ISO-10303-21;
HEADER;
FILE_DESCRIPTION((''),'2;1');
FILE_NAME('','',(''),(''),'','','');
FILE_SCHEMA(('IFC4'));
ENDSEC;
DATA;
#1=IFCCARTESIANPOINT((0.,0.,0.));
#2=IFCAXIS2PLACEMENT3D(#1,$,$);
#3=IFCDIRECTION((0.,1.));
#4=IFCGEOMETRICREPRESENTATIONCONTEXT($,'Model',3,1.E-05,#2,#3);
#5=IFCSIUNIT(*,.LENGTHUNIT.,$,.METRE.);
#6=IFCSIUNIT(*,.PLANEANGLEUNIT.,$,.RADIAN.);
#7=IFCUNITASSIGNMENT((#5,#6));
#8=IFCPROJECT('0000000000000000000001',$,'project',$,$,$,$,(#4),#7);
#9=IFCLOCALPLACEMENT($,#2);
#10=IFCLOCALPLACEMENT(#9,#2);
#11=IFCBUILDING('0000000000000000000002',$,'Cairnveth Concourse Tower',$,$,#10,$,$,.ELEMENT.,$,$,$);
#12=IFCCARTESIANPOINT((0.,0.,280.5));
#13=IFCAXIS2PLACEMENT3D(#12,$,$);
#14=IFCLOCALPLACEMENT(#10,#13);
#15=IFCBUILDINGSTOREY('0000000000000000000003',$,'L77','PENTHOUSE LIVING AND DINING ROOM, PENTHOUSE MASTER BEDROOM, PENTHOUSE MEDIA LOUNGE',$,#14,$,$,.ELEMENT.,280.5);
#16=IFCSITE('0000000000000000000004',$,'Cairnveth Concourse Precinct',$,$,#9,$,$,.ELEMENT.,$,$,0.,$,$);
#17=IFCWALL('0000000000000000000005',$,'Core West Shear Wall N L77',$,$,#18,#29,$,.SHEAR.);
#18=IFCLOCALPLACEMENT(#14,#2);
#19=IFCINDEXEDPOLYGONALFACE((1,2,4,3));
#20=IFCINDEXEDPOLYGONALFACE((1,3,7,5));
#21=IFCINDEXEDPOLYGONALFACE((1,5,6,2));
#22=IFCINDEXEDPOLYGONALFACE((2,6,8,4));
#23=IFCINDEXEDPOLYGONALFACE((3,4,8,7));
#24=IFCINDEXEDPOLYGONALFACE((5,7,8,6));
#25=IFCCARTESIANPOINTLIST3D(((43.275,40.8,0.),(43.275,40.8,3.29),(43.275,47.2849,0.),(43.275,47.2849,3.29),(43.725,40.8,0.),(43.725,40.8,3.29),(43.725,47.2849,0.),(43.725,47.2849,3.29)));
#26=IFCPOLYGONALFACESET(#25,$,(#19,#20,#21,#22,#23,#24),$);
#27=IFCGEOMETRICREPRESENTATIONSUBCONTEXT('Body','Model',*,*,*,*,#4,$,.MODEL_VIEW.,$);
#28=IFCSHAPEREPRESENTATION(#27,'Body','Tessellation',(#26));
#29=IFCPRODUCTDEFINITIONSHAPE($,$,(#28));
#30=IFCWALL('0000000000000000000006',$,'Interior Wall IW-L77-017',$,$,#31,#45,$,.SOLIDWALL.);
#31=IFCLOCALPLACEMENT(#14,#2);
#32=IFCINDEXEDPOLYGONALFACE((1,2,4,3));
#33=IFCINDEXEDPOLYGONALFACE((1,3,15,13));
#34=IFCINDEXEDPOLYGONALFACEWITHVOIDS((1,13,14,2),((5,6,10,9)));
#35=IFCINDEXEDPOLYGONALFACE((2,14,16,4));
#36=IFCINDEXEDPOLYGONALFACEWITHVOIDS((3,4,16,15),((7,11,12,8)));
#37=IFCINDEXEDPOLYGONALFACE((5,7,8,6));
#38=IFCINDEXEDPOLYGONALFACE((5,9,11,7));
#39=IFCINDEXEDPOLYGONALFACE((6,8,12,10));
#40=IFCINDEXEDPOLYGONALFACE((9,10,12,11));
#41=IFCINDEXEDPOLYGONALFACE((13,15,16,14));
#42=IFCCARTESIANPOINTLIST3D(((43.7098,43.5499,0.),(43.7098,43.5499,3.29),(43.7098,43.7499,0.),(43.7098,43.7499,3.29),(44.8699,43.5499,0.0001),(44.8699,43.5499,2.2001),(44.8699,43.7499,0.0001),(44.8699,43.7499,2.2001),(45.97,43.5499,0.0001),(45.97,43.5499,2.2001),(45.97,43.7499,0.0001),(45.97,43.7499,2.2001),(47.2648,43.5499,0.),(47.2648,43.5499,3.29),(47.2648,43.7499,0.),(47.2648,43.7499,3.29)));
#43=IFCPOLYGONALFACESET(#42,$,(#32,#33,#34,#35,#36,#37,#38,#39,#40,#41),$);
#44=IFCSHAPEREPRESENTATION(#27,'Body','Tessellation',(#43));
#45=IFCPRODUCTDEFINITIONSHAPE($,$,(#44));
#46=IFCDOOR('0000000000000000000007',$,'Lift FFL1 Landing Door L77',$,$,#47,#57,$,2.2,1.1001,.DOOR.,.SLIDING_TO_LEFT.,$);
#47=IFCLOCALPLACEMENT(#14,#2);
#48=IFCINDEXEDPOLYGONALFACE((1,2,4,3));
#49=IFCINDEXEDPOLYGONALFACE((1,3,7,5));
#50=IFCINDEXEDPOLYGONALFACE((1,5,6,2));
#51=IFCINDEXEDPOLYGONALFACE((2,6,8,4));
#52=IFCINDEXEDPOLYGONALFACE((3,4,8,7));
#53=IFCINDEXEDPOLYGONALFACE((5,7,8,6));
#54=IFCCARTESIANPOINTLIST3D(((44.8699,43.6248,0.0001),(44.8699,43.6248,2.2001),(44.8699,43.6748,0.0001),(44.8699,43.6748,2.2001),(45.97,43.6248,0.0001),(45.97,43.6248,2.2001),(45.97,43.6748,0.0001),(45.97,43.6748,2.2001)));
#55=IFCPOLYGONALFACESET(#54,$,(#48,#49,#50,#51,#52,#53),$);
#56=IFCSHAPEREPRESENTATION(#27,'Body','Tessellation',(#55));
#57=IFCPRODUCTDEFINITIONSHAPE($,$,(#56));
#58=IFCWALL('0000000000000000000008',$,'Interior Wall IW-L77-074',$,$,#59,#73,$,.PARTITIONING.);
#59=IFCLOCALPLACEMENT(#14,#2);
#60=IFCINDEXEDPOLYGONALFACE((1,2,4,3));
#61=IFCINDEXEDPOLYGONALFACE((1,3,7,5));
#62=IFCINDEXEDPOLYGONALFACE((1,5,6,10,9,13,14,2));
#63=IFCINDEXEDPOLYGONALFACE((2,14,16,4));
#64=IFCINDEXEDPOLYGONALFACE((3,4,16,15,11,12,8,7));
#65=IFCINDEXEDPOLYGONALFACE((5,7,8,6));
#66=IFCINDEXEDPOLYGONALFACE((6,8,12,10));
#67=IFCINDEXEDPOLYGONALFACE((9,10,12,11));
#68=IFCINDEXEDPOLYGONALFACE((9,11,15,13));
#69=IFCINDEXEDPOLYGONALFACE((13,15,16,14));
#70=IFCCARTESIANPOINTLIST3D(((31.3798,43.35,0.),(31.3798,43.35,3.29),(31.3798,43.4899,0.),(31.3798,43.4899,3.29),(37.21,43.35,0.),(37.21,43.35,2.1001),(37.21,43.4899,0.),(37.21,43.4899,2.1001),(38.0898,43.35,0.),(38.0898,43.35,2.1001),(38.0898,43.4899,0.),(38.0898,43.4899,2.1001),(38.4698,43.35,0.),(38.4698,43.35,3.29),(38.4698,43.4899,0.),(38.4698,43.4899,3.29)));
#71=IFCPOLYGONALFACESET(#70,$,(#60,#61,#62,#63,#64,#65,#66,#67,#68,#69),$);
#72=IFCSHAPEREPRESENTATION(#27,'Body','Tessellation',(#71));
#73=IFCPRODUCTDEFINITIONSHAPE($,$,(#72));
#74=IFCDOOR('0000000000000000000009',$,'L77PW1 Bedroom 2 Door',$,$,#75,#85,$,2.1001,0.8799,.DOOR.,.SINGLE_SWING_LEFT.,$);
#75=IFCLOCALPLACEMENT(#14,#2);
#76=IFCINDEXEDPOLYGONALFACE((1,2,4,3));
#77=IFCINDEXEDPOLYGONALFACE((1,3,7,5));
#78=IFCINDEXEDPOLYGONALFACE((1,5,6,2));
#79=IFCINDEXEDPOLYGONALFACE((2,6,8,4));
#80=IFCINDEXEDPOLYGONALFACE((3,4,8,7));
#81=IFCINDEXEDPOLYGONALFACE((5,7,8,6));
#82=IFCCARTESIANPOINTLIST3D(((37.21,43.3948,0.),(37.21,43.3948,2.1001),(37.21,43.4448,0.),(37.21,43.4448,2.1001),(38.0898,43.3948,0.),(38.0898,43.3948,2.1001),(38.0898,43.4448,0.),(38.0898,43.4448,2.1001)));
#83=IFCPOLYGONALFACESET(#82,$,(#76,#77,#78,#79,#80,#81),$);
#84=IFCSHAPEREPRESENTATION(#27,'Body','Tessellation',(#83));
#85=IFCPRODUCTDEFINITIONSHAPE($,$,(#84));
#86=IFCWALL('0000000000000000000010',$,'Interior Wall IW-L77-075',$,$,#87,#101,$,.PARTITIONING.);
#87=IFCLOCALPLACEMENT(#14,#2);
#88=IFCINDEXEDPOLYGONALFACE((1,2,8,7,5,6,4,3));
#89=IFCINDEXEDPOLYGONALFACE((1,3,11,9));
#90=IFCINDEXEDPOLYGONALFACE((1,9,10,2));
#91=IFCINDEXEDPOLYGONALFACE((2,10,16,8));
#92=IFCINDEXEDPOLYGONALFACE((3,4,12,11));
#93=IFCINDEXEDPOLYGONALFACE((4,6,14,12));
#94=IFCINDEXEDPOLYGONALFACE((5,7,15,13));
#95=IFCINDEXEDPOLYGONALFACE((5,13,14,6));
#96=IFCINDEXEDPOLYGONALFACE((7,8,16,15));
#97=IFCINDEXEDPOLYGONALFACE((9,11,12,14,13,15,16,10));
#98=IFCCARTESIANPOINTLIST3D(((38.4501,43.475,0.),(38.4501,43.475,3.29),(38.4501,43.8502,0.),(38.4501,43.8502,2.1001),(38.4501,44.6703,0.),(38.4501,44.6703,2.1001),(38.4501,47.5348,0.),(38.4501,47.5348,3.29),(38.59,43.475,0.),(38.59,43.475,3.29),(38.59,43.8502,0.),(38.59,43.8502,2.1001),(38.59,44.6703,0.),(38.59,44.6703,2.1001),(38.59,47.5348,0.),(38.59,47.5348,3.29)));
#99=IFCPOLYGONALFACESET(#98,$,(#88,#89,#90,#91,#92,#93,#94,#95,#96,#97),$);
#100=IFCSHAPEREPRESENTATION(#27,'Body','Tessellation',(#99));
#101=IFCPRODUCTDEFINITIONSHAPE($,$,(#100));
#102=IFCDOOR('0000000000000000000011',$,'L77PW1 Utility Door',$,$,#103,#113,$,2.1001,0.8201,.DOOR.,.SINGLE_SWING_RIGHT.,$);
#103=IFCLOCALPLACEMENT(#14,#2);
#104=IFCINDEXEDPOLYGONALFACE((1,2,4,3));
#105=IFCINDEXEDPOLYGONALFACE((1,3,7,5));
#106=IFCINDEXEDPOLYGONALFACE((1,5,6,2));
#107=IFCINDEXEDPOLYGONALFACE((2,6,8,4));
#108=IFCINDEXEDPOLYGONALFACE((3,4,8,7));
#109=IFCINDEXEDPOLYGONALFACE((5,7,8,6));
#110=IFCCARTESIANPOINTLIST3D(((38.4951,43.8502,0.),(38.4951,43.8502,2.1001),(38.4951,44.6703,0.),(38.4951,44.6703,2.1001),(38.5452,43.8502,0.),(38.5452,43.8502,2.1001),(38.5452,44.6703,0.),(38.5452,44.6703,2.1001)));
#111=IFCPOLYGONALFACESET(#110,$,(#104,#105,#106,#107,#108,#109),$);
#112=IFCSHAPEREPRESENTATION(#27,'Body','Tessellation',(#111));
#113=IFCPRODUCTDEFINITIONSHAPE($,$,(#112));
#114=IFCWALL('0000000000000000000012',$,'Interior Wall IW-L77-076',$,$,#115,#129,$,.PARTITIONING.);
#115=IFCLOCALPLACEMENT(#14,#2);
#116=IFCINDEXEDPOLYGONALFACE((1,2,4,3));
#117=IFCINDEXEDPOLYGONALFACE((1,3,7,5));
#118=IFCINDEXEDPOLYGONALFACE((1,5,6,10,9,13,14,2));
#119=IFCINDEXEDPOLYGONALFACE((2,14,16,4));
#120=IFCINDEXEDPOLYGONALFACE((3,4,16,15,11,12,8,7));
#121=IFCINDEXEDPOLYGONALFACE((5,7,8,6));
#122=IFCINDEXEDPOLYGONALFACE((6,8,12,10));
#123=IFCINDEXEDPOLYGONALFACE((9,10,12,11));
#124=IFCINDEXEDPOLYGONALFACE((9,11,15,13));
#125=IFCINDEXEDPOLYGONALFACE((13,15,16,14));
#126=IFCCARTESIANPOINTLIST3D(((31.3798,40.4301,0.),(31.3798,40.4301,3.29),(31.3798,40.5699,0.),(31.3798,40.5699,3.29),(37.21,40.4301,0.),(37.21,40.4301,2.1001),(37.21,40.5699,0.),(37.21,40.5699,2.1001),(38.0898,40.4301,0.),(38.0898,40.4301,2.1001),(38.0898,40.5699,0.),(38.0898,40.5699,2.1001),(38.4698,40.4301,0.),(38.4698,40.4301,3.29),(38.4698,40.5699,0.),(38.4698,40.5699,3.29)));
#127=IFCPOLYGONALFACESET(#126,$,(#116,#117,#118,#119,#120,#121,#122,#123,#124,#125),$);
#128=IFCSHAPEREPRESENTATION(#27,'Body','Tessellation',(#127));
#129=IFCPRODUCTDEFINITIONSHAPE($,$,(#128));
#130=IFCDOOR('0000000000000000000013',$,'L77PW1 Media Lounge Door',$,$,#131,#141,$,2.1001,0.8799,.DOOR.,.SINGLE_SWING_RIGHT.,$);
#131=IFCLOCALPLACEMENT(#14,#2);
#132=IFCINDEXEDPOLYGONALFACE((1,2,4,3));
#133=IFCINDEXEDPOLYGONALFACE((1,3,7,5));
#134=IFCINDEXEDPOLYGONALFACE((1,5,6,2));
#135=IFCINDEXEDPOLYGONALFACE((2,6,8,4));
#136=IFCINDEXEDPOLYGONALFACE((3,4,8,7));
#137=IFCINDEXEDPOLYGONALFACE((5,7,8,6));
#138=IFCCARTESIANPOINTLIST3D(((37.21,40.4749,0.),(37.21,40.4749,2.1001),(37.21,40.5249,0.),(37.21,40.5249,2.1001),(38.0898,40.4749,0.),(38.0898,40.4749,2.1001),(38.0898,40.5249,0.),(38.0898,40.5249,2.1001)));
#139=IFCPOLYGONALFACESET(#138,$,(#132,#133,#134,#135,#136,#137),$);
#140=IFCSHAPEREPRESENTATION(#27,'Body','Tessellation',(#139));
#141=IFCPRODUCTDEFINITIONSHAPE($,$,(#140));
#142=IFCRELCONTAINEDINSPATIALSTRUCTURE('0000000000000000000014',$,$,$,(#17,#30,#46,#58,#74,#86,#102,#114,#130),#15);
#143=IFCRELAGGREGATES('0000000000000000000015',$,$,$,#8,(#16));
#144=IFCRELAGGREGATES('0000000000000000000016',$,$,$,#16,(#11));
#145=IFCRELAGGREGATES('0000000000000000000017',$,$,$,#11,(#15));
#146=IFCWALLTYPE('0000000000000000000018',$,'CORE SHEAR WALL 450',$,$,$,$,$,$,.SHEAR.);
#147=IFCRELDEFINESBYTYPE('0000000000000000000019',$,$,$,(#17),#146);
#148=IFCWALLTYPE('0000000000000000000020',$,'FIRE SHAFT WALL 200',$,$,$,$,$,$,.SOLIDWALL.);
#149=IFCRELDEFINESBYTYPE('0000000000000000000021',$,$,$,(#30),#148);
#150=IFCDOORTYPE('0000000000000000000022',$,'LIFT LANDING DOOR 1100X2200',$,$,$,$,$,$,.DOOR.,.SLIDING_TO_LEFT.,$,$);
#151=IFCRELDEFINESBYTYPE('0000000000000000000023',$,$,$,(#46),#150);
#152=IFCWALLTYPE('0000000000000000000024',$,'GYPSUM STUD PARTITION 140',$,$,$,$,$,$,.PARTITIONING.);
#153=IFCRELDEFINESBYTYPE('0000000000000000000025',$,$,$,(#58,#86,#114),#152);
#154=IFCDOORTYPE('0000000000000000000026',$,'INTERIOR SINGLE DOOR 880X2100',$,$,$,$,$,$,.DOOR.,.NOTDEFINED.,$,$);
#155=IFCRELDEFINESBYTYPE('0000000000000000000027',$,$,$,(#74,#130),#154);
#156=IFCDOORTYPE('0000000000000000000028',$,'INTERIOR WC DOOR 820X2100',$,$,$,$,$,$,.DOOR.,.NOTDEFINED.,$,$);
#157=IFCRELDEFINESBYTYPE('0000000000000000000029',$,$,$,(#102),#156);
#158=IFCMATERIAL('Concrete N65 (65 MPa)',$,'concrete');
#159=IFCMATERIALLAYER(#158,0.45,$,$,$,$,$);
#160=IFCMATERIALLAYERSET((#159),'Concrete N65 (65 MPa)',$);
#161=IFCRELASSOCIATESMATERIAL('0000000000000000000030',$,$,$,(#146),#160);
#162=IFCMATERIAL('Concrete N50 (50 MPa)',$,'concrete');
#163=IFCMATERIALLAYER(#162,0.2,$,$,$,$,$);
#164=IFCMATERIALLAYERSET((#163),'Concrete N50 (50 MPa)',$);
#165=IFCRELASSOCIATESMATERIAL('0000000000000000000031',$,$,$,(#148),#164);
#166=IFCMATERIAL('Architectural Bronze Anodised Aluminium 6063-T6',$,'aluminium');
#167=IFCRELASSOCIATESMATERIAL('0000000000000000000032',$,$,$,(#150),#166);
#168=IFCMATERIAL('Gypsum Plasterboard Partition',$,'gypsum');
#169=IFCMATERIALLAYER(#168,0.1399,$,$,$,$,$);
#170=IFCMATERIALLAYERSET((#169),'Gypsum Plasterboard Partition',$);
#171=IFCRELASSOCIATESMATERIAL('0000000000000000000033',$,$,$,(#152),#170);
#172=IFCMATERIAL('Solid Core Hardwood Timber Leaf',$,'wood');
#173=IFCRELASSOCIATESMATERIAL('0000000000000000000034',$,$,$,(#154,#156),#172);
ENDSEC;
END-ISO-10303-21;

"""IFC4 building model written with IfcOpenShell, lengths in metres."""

from ifc_helpers import new_model, si_unit, direction, frame, frame_2d, origin, place, context, subcontext, project, spatial, rectangle, extrude, material, layer, layer_set, type_object, element, fill, save


model = new_model("IFC4")

# Units and contexts
model_context = context("Model", 3, precision=1e-05, world=origin(), true_north=direction((0.0, 1.0)))
body_context = subcontext(model_context, "Body", "Model", "MODEL_VIEW")
ifc_project = project(units=[si_unit("LENGTHUNIT", "METRE"), si_unit("PLANEANGLEUNIT", "RADIAN")], contexts=[model_context])

# Site, building, storey
site_placement = place(None, origin())
site = spatial("IfcSite", under=ifc_project, at=site_placement, Name="Cairnveth Concourse Precinct", CompositionType="ELEMENT", RefElevation=0.0)
building_placement = place(site_placement, origin())
building = spatial("IfcBuilding", under=site, at=building_placement, Name="Cairnveth Concourse Tower", CompositionType="ELEMENT")
storey_placement = place(building_placement, frame((0.0, 0.0, 280.5)))
storey = spatial("IfcBuildingStorey", under=building, at=storey_placement, Name="L77", Description="PENTHOUSE LIVING AND DINING ROOM, PENTHOUSE MASTER BEDROOM, PENTHOUSE MEDIA LOUNGE", CompositionType="ELEMENT", Elevation=280.5)

# Shared definitions
ifc_material_1 = material(Name="Concrete N50 (50 MPa)", Category="concrete")

# Wall
ifc_material_2 = material(Name="Concrete N65 (65 MPa)", Category="concrete")
ifc_layer_1 = layer(ifc_material_2, 0.45)
ifc_layer_set_1 = layer_set([ifc_layer_1], Name="Concrete N65 (65 MPa)")
wall_type_1 = type_object("IfcWallType", Name="CORE SHEAR WALL 450", PredefinedType="SHEAR", material=ifc_layer_set_1)
wall_1_placement = place(storey_placement, frame((43.5, 40.8, 0.0), z_axis=(0.0, 0.0, 1.0), x_axis=(0.0, 1.0, 0.0)))
element("IfcWall", 1, at=wall_1_placement, inside=storey, type_object=wall_type_1, Name="Core West Shear Wall N L77", PredefinedType="SHEAR", context=body_context, shape_type="SweptSolid", body=[
    extrude(rectangle(XDim=6.4849, YDim=0.45, at=frame_2d((3.2424, 0.0))), origin(), (0.0, 0.0, 1.0), 3.29),
])

# Walls, openings, doors
ifc_layer_2 = layer(ifc_material_1, 0.2)
ifc_layer_set_2 = layer_set([ifc_layer_2], Name="Concrete N50 (50 MPa)")
wall_type_2 = type_object("IfcWallType", Name="FIRE SHAFT WALL 200", PredefinedType="SOLIDWALL", material=ifc_layer_set_2)
wall_2_placement = place(storey_placement, frame((43.71, 43.6499, 0.0), z_axis=(0.0, 0.0, 1.0), x_axis=(1.0, 0.0, 0.0)))
wall_2 = element("IfcWall", 2, at=wall_2_placement, inside=storey, type_object=wall_type_2, Name="Interior Wall IW-L77-017", PredefinedType="SOLIDWALL", context=body_context, shape_type="SweptSolid", body=[
    extrude(rectangle(XDim=3.5549, YDim=0.2, at=frame_2d((1.7773, 0.0))), origin(), (0.0, 0.0, 1.0), 3.29),
])
opening_1_placement = place(wall_2_placement, frame((1.1599, 0.0, 0.0)))
opening_1 = element("IfcOpeningElement", 3, at=opening_1_placement, cuts=wall_2, PredefinedType="OPENING", context=body_context, shape_type="SweptSolid", body=[
    extrude(rectangle(XDim=1.1001, YDim=2.2, at=frame_2d((0.55, 1.1001))), frame((0.0, 0.1099, 0.0), z_axis=(0.0, -1.0, 0.0), x_axis=(1.0, 0.0, 0.0)), (0.0, 0.0, 1.0), 0.22),
])
ifc_material_3 = material(Name="Architectural Bronze Anodised Aluminium 6063-T6", Category="aluminium")
door_type_1 = type_object("IfcDoorType", Name="LIFT LANDING DOOR 1100X2200", OperationType="SLIDING_TO_LEFT", PredefinedType="DOOR", material=ifc_material_3)
door_1_placement = place(opening_1_placement, origin())
door_1 = element("IfcDoor", 4, at=door_1_placement, inside=storey, type_object=door_type_1, Name="Lift FFL1 Landing Door L77", OperationType="SLIDING_TO_LEFT", OverallHeight=2.2, OverallWidth=1.1001, PredefinedType="DOOR", context=body_context, shape_type="SweptSolid", body=[
    extrude(rectangle(XDim=1.1001, YDim=2.2, at=frame_2d((0.55, 1.1001))), frame((0.0, 0.0249, 0.0), z_axis=(0.0, -1.0, 0.0), x_axis=(1.0, 0.0, 0.0)), (0.0, 0.0, 1.0), 0.05),
])
fill(opening_1, door_1)
ifc_material_4 = material(Name="Gypsum Plasterboard Partition", Category="gypsum")
ifc_layer_3 = layer(ifc_material_4, 0.1399)
ifc_layer_set_3 = layer_set([ifc_layer_3], Name="Gypsum Plasterboard Partition")
wall_type_3 = type_object("IfcWallType", Name="GYPSUM STUD PARTITION 140", PredefinedType="PARTITIONING", material=ifc_layer_set_3)
wall_3_placement = place(storey_placement, frame((31.3799, 43.4199, 0.0), z_axis=(0.0, 0.0, 1.0), x_axis=(1.0, 0.0, 0.0)))
wall_3 = element("IfcWall", 5, at=wall_3_placement, inside=storey, type_object=wall_type_3, Name="Interior Wall IW-L77-074", PredefinedType="PARTITIONING", context=body_context, shape_type="SweptSolid", body=[
    extrude(rectangle(XDim=7.0901, YDim=0.1399, at=frame_2d((3.5449, 0.0))), origin(), (0.0, 0.0, 1.0), 3.29),
])
opening_2_placement = place(wall_3_placement, frame((5.8301, 0.0, 0.0)))
opening_2 = element("IfcOpeningElement", 6, at=opening_2_placement, cuts=wall_3, PredefinedType="OPENING", context=body_context, shape_type="SweptSolid", body=[
    extrude(rectangle(XDim=0.8799, YDim=2.1001, at=frame_2d((0.4399, 1.05))), frame((0.0, 0.0798, 0.0), z_axis=(0.0, -1.0, 0.0), x_axis=(1.0, 0.0, 0.0)), (0.0, 0.0, 1.0), 0.1599),
])
ifc_material_5 = material(Name="Solid Core Hardwood Timber Leaf", Category="wood")
door_type_2 = type_object("IfcDoorType", Name="INTERIOR SINGLE DOOR 880X2100", OperationType="NOTDEFINED", PredefinedType="DOOR", material=ifc_material_5)
door_2_placement = place(opening_2_placement, origin())
door_2 = element("IfcDoor", 7, at=door_2_placement, inside=storey, type_object=door_type_2, Name="L77PW1 Bedroom 2 Door", OperationType="SINGLE_SWING_LEFT", OverallHeight=2.1001, OverallWidth=0.8799, PredefinedType="DOOR", context=body_context, shape_type="SweptSolid", body=[
    extrude(rectangle(XDim=0.8799, YDim=2.1001, at=frame_2d((0.4399, 1.05))), frame((0.0, 0.0249, 0.0), z_axis=(0.0, -1.0, 0.0), x_axis=(1.0, 0.0, 0.0)), (0.0, 0.0, 1.0), 0.05),
])
fill(opening_2, door_2)
wall_4_placement = place(storey_placement, frame((38.52, 43.4751, 0.0), z_axis=(0.0, 0.0, 1.0), x_axis=(0.0, 1.0, 0.0)))
wall_4 = element("IfcWall", 8, at=wall_4_placement, inside=storey, type_object=wall_type_3, Name="Interior Wall IW-L77-075", PredefinedType="PARTITIONING", context=body_context, shape_type="SweptSolid", body=[
    extrude(rectangle(XDim=4.0598, YDim=0.1399, at=frame_2d((2.0298, 0.0))), origin(), (0.0, 0.0, 1.0), 3.29),
])
opening_3_placement = place(wall_4_placement, frame((0.375, 0.0, 0.0)))
opening_3 = element("IfcOpeningElement", 9, at=opening_3_placement, cuts=wall_4, PredefinedType="OPENING", context=body_context, shape_type="SweptSolid", body=[
    extrude(rectangle(XDim=0.8201, YDim=2.1001, at=frame_2d((0.4102, 1.05))), frame((0.0, 0.0798, 0.0), z_axis=(0.0, -1.0, 0.0), x_axis=(1.0, 0.0, 0.0)), (0.0, 0.0, 1.0), 0.1599),
])
door_type_3 = type_object("IfcDoorType", Name="INTERIOR WC DOOR 820X2100", OperationType="NOTDEFINED", PredefinedType="DOOR", material=ifc_material_5)
door_3_placement = place(opening_3_placement, origin())
door_3 = element("IfcDoor", 10, at=door_3_placement, inside=storey, type_object=door_type_3, Name="L77PW1 Utility Door", OperationType="SINGLE_SWING_RIGHT", OverallHeight=2.1001, OverallWidth=0.8201, PredefinedType="DOOR", context=body_context, shape_type="SweptSolid", body=[
    extrude(rectangle(XDim=0.8201, YDim=2.1001, at=frame_2d((0.4102, 1.05))), frame((0.0, 0.0249, 0.0), z_axis=(0.0, -1.0, 0.0), x_axis=(1.0, 0.0, 0.0)), (0.0, 0.0, 1.0), 0.05),
])
fill(opening_3, door_3)
wall_5_placement = place(storey_placement, frame((31.3799, 40.5, 0.0), z_axis=(0.0, 0.0, 1.0), x_axis=(1.0, 0.0, 0.0)))
wall_5 = element("IfcWall", 11, at=wall_5_placement, inside=storey, type_object=wall_type_3, Name="Interior Wall IW-L77-076", PredefinedType="PARTITIONING", context=body_context, shape_type="SweptSolid", body=[
    extrude(rectangle(XDim=7.0901, YDim=0.1399, at=frame_2d((3.5449, 0.0))), origin(), (0.0, 0.0, 1.0), 3.29),
])
opening_4_placement = place(wall_5_placement, frame((5.8301, 0.0, 0.0)))
opening_4 = element("IfcOpeningElement", 12, at=opening_4_placement, cuts=wall_5, PredefinedType="OPENING", context=body_context, shape_type="SweptSolid", body=[
    extrude(rectangle(XDim=0.8799, YDim=2.1001, at=frame_2d((0.4399, 1.05))), frame((0.0, 0.0798, 0.0), z_axis=(0.0, -1.0, 0.0), x_axis=(1.0, 0.0, 0.0)), (0.0, 0.0, 1.0), 0.1599),
])
door_4_placement = place(opening_4_placement, origin())
door_4 = element("IfcDoor", 13, at=door_4_placement, inside=storey, type_object=door_type_2, Name="L77PW1 Media Lounge Door", OperationType="SINGLE_SWING_RIGHT", OverallHeight=2.1001, OverallWidth=0.8799, PredefinedType="DOOR", context=body_context, shape_type="SweptSolid", body=[
    extrude(rectangle(XDim=0.8799, YDim=2.1001, at=frame_2d((0.4399, 1.05))), frame((0.0, 0.0249, 0.0), z_axis=(0.0, -1.0, 0.0), x_axis=(1.0, 0.0, 0.0)), (0.0, 0.0, 1.0), 0.05),
])
fill(opening_4, door_4)

save(model, "model.ifc")
